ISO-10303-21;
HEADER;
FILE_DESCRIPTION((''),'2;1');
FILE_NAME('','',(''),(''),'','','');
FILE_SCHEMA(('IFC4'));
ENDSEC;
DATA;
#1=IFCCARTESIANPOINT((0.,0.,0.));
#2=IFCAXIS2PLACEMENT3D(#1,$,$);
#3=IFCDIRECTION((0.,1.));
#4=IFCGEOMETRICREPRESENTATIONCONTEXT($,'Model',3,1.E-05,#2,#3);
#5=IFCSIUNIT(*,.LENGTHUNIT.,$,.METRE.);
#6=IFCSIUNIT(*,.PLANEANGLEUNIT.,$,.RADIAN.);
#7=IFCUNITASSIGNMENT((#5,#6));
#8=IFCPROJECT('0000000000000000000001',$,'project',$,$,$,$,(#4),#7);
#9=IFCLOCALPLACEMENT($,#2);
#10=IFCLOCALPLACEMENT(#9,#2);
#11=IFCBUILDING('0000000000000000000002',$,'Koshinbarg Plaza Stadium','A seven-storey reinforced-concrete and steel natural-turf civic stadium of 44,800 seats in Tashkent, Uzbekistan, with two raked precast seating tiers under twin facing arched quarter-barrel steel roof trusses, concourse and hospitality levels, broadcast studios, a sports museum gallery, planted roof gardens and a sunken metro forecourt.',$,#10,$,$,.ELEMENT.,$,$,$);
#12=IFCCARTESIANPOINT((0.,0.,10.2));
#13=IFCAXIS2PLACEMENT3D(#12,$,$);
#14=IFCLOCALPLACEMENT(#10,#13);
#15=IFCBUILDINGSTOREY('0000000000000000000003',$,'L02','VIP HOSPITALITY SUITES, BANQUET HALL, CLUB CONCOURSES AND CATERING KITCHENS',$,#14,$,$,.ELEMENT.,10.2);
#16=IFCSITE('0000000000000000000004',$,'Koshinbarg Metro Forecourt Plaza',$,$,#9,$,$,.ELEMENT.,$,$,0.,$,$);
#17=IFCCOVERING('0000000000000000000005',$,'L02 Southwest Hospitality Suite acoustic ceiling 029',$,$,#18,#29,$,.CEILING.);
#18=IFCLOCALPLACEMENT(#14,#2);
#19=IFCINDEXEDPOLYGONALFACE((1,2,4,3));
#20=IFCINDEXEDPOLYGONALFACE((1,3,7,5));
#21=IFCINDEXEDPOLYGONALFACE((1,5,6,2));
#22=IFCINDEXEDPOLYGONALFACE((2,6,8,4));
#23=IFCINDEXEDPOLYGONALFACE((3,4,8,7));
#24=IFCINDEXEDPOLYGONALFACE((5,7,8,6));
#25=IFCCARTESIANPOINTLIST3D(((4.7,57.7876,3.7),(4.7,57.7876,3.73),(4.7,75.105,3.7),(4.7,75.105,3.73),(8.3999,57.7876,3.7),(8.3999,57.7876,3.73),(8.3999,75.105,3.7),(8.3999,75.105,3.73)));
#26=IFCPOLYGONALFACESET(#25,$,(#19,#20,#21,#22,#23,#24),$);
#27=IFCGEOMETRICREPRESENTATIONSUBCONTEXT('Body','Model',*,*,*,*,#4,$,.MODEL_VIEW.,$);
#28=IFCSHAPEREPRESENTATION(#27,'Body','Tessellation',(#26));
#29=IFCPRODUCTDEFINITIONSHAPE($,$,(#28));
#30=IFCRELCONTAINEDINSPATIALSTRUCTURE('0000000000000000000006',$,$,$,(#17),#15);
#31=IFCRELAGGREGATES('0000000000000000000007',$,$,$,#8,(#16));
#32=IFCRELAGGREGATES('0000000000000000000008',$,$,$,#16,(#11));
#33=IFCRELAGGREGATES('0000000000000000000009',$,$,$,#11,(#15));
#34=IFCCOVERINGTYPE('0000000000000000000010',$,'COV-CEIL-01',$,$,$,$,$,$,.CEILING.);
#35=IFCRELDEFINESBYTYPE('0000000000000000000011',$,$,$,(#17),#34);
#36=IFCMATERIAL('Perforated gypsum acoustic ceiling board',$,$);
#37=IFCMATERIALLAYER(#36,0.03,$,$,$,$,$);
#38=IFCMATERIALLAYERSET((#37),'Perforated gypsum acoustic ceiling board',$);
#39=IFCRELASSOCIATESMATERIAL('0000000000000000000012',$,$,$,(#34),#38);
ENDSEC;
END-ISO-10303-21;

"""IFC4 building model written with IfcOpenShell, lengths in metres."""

from ifc_helpers import new_model, si_unit, direction, frame, origin, place, context, subcontext, project, spatial, polyline, outline, extrude, material, layer, layer_set, type_object, element, save


model = new_model("IFC4")

# Units and contexts
model_context = context("Model", 3, precision=1e-05, world=origin(), true_north=direction((0.0, 1.0)))
body_context = subcontext(model_context, "Body", "Model", "MODEL_VIEW")
ifc_project = project(units=[si_unit("LENGTHUNIT", "METRE"), si_unit("PLANEANGLEUNIT", "RADIAN")], contexts=[model_context])

# Site, building, storey
site_placement = place(None, origin())
site = spatial("IfcSite", under=ifc_project, at=site_placement, Name="Koshinbarg Metro Forecourt Plaza", CompositionType="ELEMENT", RefElevation=0.0)
building_placement = place(site_placement, origin())
building = spatial("IfcBuilding", under=site, at=building_placement, Name="Koshinbarg Plaza Stadium", Description="A seven-storey reinforced-concrete and steel natural-turf civic stadium of 44,800 seats in Tashkent, Uzbekistan, with two raked precast seating tiers under twin facing arched quarter-barrel steel roof trusses, concourse and hospitality levels, broadcast studios, a sports museum gallery, planted roof gardens and a sunken metro forecourt.", CompositionType="ELEMENT")
storey_placement = place(building_placement, frame((0.0, 0.0, 10.2)))
storey = spatial("IfcBuildingStorey", under=building, at=storey_placement, Name="L02", Description="VIP HOSPITALITY SUITES, BANQUET HALL, CLUB CONCOURSES AND CATERING KITCHENS", CompositionType="ELEMENT", Elevation=10.2)

# Covering
ifc_material_1 = material(Name="Perforated gypsum acoustic ceiling board")
ifc_layer_1 = layer(ifc_material_1, 0.03)
ifc_layer_set_1 = layer_set([ifc_layer_1], Name="Perforated gypsum acoustic ceiling board")
covering_type = type_object("IfcCoveringType", Name="COV-CEIL-01", PredefinedType="CEILING", material=ifc_layer_set_1)
covering_1_placement = place(storey_placement, frame((0.0, 0.0, 3.7)))
element("IfcCovering", 1, at=covering_1_placement, inside=storey, type_object=covering_type, Name="L02 Southwest Hospitality Suite acoustic ceiling 029", PredefinedType="CEILING", context=body_context, shape_type="SweptSolid", body=[
    extrude(outline(polyline([(4.7, 57.7876), (8.3999, 57.7876), (8.3999, 75.105), (4.7, 75.105), (4.7, 57.7876)])), origin(), (0.0, 0.0, 1.0), 0.03),
])

save(model, "model.ifc")
